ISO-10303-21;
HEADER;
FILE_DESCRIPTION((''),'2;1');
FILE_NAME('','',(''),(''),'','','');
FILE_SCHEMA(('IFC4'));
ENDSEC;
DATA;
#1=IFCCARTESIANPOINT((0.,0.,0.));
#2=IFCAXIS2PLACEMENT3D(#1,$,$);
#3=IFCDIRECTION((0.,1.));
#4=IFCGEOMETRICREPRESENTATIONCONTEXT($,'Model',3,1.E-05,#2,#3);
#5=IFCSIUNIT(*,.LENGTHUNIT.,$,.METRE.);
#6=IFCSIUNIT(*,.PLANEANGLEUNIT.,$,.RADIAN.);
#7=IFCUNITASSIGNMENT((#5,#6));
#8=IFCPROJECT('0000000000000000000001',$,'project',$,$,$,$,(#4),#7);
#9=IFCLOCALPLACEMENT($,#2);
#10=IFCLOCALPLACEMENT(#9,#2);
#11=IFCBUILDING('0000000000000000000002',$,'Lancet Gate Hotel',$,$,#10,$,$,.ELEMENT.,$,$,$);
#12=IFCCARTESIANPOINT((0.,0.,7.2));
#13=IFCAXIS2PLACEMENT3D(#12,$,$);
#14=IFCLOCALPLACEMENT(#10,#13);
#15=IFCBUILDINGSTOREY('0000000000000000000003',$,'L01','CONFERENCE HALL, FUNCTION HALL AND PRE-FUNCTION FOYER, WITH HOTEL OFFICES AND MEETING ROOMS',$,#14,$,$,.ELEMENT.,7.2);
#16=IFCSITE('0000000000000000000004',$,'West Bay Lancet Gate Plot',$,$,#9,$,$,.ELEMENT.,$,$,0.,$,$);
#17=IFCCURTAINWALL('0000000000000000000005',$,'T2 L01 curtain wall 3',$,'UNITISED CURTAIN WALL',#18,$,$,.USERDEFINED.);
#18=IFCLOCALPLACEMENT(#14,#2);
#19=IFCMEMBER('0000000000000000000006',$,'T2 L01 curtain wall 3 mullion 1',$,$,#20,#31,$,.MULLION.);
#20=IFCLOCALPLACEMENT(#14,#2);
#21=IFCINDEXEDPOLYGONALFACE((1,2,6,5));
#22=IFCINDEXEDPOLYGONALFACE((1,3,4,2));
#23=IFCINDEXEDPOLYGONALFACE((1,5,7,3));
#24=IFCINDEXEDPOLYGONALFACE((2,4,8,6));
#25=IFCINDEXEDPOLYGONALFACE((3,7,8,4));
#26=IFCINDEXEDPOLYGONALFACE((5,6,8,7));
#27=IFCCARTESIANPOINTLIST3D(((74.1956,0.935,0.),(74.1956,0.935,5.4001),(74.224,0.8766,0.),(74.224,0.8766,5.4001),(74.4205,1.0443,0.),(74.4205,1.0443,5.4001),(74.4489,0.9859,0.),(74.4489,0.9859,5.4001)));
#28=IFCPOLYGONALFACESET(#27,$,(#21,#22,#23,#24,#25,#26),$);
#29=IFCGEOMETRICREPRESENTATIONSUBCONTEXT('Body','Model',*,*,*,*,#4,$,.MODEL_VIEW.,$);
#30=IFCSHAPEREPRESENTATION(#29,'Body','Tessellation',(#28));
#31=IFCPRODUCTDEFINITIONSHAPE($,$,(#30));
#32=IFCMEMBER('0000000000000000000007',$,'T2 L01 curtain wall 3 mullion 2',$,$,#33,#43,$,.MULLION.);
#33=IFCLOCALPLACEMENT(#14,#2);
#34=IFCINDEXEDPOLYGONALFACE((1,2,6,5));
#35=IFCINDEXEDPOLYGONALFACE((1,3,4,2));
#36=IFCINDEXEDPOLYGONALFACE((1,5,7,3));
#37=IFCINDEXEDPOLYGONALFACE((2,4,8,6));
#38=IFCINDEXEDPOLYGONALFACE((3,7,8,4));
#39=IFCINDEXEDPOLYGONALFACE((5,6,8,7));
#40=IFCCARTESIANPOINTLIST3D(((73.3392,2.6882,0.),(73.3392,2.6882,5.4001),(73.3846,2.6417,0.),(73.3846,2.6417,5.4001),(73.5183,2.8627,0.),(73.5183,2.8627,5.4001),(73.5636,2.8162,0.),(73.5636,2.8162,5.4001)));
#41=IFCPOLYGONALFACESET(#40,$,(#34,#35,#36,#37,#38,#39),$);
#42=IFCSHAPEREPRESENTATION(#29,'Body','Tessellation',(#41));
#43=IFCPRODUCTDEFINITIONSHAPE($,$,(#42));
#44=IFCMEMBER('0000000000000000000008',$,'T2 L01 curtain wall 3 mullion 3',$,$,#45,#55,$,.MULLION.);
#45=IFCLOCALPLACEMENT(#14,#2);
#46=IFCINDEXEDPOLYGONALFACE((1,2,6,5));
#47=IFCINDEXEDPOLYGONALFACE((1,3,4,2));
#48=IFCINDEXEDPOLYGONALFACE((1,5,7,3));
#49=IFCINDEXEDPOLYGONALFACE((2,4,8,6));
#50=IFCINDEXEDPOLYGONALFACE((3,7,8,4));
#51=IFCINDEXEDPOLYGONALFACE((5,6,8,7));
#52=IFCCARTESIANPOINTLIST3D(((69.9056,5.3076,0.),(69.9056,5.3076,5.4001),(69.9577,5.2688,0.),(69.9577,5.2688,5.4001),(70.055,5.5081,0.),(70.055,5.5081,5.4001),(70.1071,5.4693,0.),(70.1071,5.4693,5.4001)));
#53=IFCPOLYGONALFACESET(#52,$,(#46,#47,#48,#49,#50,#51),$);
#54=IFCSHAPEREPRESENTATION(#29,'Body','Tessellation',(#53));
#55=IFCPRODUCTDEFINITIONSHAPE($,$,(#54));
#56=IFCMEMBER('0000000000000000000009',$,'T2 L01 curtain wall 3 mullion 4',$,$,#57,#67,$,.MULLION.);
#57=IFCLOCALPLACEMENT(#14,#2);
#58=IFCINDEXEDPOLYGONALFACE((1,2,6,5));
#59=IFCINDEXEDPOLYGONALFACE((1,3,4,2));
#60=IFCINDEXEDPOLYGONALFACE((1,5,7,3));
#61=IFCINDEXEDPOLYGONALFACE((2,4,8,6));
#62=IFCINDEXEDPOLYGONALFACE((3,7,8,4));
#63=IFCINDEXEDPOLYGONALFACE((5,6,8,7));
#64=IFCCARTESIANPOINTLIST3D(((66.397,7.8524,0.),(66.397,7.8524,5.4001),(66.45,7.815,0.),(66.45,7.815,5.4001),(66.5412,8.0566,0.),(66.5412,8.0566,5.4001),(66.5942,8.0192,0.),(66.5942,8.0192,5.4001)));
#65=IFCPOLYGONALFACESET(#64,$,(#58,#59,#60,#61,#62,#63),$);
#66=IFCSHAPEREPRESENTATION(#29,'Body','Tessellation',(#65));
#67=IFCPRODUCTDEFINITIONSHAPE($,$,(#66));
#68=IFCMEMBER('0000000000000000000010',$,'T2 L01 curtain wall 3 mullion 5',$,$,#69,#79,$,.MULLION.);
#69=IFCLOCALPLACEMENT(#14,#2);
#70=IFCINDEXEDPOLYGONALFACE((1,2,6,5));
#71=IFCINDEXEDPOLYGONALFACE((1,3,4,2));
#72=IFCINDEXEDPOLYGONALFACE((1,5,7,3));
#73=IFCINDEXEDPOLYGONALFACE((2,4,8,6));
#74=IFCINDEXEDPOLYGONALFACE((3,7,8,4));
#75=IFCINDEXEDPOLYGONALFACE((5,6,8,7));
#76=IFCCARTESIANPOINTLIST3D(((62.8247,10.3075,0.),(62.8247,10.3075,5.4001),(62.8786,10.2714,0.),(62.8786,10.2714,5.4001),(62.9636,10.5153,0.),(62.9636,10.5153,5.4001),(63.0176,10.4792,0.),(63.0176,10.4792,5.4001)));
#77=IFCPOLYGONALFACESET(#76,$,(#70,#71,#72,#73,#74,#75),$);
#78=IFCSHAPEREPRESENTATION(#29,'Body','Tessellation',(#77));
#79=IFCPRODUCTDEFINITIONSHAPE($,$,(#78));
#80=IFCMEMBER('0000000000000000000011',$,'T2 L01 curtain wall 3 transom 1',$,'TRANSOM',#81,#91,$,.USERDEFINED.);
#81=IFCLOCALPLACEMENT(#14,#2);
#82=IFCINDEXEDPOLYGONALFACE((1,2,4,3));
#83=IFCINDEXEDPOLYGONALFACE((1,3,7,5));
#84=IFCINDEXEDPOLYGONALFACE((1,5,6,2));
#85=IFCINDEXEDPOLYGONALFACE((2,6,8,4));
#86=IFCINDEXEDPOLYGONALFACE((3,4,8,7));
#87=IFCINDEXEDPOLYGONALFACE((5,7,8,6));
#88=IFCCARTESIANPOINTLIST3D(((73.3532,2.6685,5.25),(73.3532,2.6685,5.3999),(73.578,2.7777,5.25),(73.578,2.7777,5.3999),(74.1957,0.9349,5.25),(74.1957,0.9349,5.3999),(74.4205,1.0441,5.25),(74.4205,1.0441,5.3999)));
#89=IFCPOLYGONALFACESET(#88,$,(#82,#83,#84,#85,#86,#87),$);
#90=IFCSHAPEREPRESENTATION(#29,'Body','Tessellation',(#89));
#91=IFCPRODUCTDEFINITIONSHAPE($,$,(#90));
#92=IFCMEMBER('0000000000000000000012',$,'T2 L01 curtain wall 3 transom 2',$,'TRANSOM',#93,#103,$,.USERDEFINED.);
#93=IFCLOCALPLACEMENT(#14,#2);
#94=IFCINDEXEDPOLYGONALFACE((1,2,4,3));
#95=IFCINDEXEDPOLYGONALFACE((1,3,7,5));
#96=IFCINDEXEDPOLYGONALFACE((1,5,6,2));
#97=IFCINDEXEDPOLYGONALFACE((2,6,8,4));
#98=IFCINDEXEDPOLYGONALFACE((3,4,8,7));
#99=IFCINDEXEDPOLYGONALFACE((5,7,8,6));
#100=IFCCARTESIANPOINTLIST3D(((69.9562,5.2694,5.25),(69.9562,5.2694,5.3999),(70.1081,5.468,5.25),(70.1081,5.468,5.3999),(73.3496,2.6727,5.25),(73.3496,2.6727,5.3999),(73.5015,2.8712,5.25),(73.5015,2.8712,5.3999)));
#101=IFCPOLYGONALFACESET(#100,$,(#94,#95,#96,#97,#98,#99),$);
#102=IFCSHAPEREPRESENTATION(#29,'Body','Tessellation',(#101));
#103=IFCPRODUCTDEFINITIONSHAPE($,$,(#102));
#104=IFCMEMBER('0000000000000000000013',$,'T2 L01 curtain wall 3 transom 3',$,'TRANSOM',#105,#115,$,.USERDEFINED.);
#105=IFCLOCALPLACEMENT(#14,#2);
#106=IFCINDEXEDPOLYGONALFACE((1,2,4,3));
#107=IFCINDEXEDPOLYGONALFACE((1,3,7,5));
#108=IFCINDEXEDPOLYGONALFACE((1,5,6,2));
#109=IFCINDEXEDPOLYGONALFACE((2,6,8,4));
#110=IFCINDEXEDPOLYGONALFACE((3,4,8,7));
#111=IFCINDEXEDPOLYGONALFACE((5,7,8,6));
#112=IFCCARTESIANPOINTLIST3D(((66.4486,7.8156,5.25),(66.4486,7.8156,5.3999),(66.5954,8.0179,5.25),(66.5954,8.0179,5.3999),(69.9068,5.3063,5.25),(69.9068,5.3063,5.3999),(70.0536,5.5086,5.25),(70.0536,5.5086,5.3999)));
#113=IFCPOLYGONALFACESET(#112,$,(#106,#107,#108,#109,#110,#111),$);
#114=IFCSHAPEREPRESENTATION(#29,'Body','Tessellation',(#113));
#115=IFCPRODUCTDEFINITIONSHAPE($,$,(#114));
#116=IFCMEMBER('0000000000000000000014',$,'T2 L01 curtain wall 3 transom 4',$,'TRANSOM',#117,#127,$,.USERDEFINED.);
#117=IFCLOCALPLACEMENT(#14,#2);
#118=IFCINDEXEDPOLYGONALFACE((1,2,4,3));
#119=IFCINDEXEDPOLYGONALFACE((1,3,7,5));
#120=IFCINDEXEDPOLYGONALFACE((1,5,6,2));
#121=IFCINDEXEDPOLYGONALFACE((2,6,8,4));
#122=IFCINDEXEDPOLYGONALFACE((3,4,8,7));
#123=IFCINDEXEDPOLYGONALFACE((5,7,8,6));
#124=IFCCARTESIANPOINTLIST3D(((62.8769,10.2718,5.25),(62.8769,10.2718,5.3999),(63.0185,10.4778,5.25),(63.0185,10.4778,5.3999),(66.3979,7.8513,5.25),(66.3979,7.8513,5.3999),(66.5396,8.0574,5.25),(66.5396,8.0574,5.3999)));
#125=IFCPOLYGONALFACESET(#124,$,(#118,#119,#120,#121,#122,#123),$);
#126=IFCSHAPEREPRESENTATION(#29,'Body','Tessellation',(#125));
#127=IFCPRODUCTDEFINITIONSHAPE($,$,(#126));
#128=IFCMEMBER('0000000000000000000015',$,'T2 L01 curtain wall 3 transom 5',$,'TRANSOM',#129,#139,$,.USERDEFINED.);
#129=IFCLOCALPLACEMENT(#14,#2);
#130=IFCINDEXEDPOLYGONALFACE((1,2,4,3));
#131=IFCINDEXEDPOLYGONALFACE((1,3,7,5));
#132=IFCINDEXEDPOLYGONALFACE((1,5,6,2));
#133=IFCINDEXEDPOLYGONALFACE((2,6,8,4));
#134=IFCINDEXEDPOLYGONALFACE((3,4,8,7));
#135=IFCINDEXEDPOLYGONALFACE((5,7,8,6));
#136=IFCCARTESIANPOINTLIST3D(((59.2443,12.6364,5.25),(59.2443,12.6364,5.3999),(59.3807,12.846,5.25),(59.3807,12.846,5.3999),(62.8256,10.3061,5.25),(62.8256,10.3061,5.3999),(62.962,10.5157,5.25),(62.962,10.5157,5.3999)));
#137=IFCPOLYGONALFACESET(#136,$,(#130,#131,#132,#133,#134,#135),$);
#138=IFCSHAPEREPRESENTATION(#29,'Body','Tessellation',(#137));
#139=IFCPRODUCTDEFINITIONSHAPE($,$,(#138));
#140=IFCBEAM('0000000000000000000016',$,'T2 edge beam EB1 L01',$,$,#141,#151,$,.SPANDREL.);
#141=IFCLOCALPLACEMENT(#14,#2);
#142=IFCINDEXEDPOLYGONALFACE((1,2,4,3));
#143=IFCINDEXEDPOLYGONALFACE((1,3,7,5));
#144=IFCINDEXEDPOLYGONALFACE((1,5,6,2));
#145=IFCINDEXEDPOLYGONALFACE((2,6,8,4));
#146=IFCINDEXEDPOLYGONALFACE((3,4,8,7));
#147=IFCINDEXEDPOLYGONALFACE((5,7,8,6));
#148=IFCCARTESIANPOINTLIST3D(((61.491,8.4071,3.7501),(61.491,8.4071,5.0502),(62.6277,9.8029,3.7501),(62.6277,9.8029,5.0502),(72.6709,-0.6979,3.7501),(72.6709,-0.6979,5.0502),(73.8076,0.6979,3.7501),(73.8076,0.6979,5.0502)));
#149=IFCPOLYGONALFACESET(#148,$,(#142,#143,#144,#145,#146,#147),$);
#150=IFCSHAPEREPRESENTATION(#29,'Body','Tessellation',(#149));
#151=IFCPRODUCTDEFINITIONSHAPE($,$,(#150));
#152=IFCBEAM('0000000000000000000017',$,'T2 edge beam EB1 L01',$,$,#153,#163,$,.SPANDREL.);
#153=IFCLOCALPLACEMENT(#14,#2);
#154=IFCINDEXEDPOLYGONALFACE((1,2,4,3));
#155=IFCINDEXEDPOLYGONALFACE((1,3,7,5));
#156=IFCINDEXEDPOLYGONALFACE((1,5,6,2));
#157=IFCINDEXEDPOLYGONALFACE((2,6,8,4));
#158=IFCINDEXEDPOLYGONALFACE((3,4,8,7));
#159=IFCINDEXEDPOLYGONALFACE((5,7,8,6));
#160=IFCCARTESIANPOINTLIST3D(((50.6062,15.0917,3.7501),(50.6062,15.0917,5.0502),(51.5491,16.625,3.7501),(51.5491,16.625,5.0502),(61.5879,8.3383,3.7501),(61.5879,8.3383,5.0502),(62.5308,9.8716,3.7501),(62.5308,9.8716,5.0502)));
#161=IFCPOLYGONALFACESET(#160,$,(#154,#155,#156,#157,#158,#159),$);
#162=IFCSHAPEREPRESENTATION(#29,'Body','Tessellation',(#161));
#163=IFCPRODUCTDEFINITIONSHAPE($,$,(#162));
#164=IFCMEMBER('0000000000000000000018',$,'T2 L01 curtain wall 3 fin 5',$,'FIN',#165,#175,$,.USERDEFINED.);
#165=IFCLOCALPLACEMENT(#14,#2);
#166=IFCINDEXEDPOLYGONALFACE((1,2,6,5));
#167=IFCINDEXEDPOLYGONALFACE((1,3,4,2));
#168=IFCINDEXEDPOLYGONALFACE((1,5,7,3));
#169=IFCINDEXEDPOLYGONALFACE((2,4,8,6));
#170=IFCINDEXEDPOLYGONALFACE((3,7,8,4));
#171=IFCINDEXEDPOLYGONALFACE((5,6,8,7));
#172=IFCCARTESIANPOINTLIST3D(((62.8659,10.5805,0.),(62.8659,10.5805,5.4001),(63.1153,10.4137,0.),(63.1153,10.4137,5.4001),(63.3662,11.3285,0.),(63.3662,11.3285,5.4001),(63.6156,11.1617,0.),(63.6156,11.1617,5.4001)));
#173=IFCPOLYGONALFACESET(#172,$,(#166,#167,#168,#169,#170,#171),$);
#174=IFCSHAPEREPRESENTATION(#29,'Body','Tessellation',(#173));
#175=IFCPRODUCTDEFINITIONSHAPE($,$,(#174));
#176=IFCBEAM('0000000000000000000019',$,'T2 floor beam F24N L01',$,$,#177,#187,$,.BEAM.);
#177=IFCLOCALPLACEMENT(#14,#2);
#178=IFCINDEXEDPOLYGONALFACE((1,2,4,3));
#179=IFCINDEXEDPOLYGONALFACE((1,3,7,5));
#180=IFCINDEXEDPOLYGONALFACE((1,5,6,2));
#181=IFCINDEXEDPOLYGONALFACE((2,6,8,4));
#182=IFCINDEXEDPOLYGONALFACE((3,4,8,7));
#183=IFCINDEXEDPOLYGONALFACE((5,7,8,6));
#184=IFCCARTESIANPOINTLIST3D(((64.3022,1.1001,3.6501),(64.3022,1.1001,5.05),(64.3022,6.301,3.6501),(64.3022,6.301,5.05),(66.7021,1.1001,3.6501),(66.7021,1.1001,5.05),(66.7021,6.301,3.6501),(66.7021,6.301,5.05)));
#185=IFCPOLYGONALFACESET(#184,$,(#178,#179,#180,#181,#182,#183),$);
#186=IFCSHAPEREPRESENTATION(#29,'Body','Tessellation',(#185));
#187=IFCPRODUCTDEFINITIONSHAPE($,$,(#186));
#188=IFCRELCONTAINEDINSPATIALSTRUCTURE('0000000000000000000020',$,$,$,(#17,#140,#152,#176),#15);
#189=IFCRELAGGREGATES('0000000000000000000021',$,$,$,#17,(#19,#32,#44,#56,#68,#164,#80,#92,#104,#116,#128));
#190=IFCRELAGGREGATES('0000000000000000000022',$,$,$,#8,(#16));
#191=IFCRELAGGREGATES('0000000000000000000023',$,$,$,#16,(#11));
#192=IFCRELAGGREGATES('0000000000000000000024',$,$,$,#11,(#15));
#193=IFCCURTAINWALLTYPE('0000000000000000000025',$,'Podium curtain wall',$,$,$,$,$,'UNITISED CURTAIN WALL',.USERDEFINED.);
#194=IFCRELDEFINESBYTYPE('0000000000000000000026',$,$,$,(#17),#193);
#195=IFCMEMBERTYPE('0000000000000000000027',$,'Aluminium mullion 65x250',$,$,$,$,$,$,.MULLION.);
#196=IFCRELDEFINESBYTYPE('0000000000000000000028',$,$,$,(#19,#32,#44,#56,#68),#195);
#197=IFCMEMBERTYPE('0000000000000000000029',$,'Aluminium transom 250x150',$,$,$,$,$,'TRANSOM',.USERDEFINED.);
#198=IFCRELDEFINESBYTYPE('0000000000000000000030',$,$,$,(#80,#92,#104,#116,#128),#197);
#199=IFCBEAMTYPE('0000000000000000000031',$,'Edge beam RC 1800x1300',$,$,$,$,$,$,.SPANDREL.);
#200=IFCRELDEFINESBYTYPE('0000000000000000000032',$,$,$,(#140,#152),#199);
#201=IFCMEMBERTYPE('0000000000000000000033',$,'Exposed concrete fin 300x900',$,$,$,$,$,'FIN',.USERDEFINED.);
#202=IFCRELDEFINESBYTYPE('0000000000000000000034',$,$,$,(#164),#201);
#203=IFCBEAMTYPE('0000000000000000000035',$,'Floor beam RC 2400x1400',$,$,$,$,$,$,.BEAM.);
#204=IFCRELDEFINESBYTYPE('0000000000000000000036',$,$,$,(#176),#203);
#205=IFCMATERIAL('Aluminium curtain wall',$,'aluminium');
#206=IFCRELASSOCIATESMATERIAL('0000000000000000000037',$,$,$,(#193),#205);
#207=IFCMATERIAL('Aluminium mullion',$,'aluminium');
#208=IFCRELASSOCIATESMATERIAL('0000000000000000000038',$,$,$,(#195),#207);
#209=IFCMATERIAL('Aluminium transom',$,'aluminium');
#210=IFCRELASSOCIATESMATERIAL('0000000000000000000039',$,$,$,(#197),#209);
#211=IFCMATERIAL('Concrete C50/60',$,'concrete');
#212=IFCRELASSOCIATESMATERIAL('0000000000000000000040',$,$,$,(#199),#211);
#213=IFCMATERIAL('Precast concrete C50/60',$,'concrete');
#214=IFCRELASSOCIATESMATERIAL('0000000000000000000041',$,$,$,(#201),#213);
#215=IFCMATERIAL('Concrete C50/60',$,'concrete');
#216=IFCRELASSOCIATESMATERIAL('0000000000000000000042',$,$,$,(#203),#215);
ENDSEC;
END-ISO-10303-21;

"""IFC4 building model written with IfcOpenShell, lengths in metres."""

from ifc_helpers import new_model, si_unit, direction, frame, origin, origin_2d, place, context, subcontext, project, spatial, rectangle, extrude, material, material_profile, profile_set, type_object, element, aggregate, save


model = new_model("IFC4")

# Units and contexts
model_context = context("Model", 3, precision=1e-05, world=origin(), true_north=direction((0.0, 1.0)))
body_context = subcontext(model_context, "Body", "Model", "MODEL_VIEW")
ifc_project = project(units=[si_unit("LENGTHUNIT", "METRE"), si_unit("PLANEANGLEUNIT", "RADIAN")], contexts=[model_context])

# Site, building, storey
site_placement = place(None, origin())
site = spatial("IfcSite", under=ifc_project, at=site_placement, Name="West Bay Lancet Gate Plot", CompositionType="ELEMENT", RefElevation=0.0)
building_placement = place(site_placement, origin())
building = spatial("IfcBuilding", under=site, at=building_placement, Name="Lancet Gate Hotel", CompositionType="ELEMENT")
storey_placement = place(building_placement, frame((0.0, 0.0, 7.2)))
storey = spatial("IfcBuildingStorey", under=building, at=storey_placement, Name="L01", Description="CONFERENCE HALL, FUNCTION HALL AND PRE-FUNCTION FOYER, WITH HOTEL OFFICES AND MEETING ROOMS", CompositionType="ELEMENT", Elevation=7.2)

# Curtain wall, members
ifc_material_1 = material(Name="Aluminium curtain wall", Category="aluminium")
curtain_wall_type = type_object("IfcCurtainWallType", Name="Podium curtain wall", ElementType="UNITISED CURTAIN WALL", PredefinedType="USERDEFINED", material=ifc_material_1)
curtain_wall_placement = place(storey_placement, origin())
curtain_wall = element("IfcCurtainWall", 1, at=curtain_wall_placement, inside=storey, type_object=curtain_wall_type, Name="T2 L01 curtain wall 3", ObjectType="UNITISED CURTAIN WALL", PredefinedType="USERDEFINED")
ifc_material_2 = material(Name="Aluminium mullion", Category="aluminium")
ifc_material_profile_1 = material_profile(ifc_material_2, rectangle(XDim=0.0649, YDim=0.25, at=origin_2d()), Name="MULLION 65x250")
ifc_profile_set_1 = profile_set([ifc_material_profile_1], Name="Aluminium mullion")
member_type_1 = type_object("IfcMemberType", Name="Aluminium mullion 65x250", PredefinedType="MULLION", material=ifc_profile_set_1)
member_1_placement = place(storey_placement, frame((74.3223, 0.9604, 0.0), z_axis=(0.0, 0.0, 1.0), x_axis=(-0.437169, 0.899379, 0.0)))
member_1 = element("IfcMember", 2, at=member_1_placement, type_object=member_type_1, Name="T2 L01 curtain wall 3 mullion 1", PredefinedType="MULLION", context=body_context, shape_type="SweptSolid", body=[
    extrude(rectangle(XDim=0.0649, YDim=0.25, at=origin_2d()), origin(), (0.0, 0.0, 1.0), 5.4001),
])
member_2_placement = place(storey_placement, frame((73.4514, 2.7522, 0.0), z_axis=(0.0, 0.0, 1.0), x_axis=(-0.697983, 0.716114, 0.0)))
member_2 = element("IfcMember", 3, at=member_2_placement, type_object=member_type_1, Name="T2 L01 curtain wall 3 mullion 2", PredefinedType="MULLION", context=body_context, shape_type="SweptSolid", body=[
    extrude(rectangle(XDim=0.0649, YDim=0.25, at=origin_2d()), origin(), (0.0, 0.0, 1.0), 5.4001),
])
member_3_placement = place(storey_placement, frame((70.0063, 5.3884, 0.0), z_axis=(0.0, 0.0, 1.0), x_axis=(-0.80183, 0.597552, 0.0)))
member_3 = element("IfcMember", 4, at=member_3_placement, type_object=member_type_1, Name="T2 L01 curtain wall 3 mullion 3", PredefinedType="MULLION", context=body_context, shape_type="SweptSolid", body=[
    extrude(rectangle(XDim=0.0649, YDim=0.25, at=origin_2d()), origin(), (0.0, 0.0, 1.0), 5.4001),
])
member_4_placement = place(storey_placement, frame((66.4956, 7.9358, 0.0), z_axis=(0.0, 0.0, 1.0), x_axis=(-0.816779, 0.576951, 0.0)))
member_4 = element("IfcMember", 5, at=member_4_placement, type_object=member_type_1, Name="T2 L01 curtain wall 3 mullion 4", PredefinedType="MULLION", context=body_context, shape_type="SweptSolid", body=[
    extrude(rectangle(XDim=0.0649, YDim=0.25, at=origin_2d()), origin(), (0.0, 0.0, 1.0), 5.4001),
])
member_5_placement = place(storey_placement, frame((62.9211, 10.3933, 0.0), z_axis=(0.0, 0.0, 1.0), x_axis=(-0.831198, 0.555976, 0.0)))
member_5 = element("IfcMember", 6, at=member_5_placement, type_object=member_type_1, Name="T2 L01 curtain wall 3 mullion 5", PredefinedType="MULLION", context=body_context, shape_type="SweptSolid", body=[
    extrude(rectangle(XDim=0.0649, YDim=0.25, at=origin_2d()), origin(), (0.0, 0.0, 1.0), 5.4001),
])
ifc_material_3 = material(Name="Aluminium transom", Category="aluminium")
ifc_material_profile_2 = material_profile(ifc_material_3, rectangle(XDim=0.25, YDim=0.1499, at=origin_2d()), Name="TRANSOM 250x150")
ifc_profile_set_2 = profile_set([ifc_material_profile_2], Name="Aluminium transom")
member_type_2 = type_object("IfcMemberType", Name="Aluminium transom 250x150", ElementType="TRANSOM", PredefinedType="USERDEFINED", material=ifc_profile_set_2)
member_6_placement = place(storey_placement, frame((74.3081, 0.9895, 5.325), z_axis=(-0.437103, 0.899411, 0.0), x_axis=(-0.899411, -0.437103, 0.0)))
member_6 = element("IfcMember", 7, at=member_6_placement, type_object=member_type_2, Name="T2 L01 curtain wall 3 transom 1", ObjectType="TRANSOM", PredefinedType="USERDEFINED", context=body_context, shape_type="SweptSolid", body=[
    extrude(rectangle(XDim=0.25, YDim=0.1499, at=origin_2d()), origin(), (0.0, 0.0, 1.0), 1.9275),
])
member_7_placement = place(storey_placement, frame((73.4255, 2.772, 5.325), z_axis=(-0.794155, 0.607715, 0.0), x_axis=(-0.607715, -0.794155, 0.0)))
member_7 = element("IfcMember", 8, at=member_7_placement, type_object=member_type_2, Name="T2 L01 curtain wall 3 transom 2", ObjectType="TRANSOM", PredefinedType="USERDEFINED", context=body_context, shape_type="SweptSolid", body=[
    extrude(rectangle(XDim=0.25, YDim=0.1499, at=origin_2d()), origin(), (0.0, 0.0, 1.0), 4.2729),
])
member_8_placement = place(storey_placement, frame((69.9802, 5.4075, 5.325), z_axis=(-0.809383, 0.587281, 0.0), x_axis=(-0.587281, -0.809383, 0.0)))
member_8 = element("IfcMember", 9, at=member_8_placement, type_object=member_type_2, Name="T2 L01 curtain wall 3 transom 3", ObjectType="TRANSOM", PredefinedType="USERDEFINED", context=body_context, shape_type="SweptSolid", body=[
    extrude(rectangle(XDim=0.25, YDim=0.1499, at=origin_2d()), origin(), (0.0, 0.0, 1.0), 4.2727),
])
member_9_placement = place(storey_placement, frame((66.4688, 7.9543, 5.325), z_axis=(-0.824072, 0.566485, 0.0), x_axis=(-0.566485, -0.824072, 0.0)))
member_9 = element("IfcMember", 10, at=member_9_placement, type_object=member_type_2, Name="T2 L01 curtain wall 3 transom 4", ObjectType="TRANSOM", PredefinedType="USERDEFINED", context=body_context, shape_type="SweptSolid", body=[
    extrude(rectangle(XDim=0.25, YDim=0.1499, at=origin_2d()), origin(), (0.0, 0.0, 1.0), 4.2727),
])
member_10_placement = place(storey_placement, frame((62.8938, 10.4109, 5.325), z_axis=(-0.838179, 0.545396, 0.0), x_axis=(-0.545396, -0.838179, 0.0)))
member_10 = element("IfcMember", 11, at=member_10_placement, type_object=member_type_2, Name="T2 L01 curtain wall 3 transom 5", ObjectType="TRANSOM", PredefinedType="USERDEFINED", context=body_context, shape_type="SweptSolid", body=[
    extrude(rectangle(XDim=0.25, YDim=0.1499, at=origin_2d()), origin(), (0.0, 0.0, 1.0), 4.2727),
])

# Beams
ifc_material_4 = material(Name="Concrete C50/60", Category="concrete")
ifc_material_profile_3 = material_profile(ifc_material_4, rectangle(XDim=1.8, YDim=1.3, at=origin_2d()), Name="RC 1800x1300")
ifc_profile_set_3 = profile_set([ifc_material_profile_3], Name="Concrete C50/60")
beam_type_1 = type_object("IfcBeamType", Name="Edge beam RC 1800x1300", PredefinedType="SPANDREL", material=ifc_profile_set_3)
beam_1_placement = place(storey_placement, frame((73.2393, 0.0, 4.4001), z_axis=(-0.775391, 0.631481, 0.0), x_axis=(-0.631481, -0.775391, 0.0)))
element("IfcBeam", 12, at=beam_1_placement, inside=storey, type_object=beam_type_1, Name="T2 edge beam EB1 L01", PredefinedType="SPANDREL", context=body_context, shape_type="SweptSolid", body=[
    extrude(rectangle(XDim=1.8, YDim=1.3, at=origin_2d()), origin(), (0.0, 0.0, 1.0), 14.4185),
])
beam_2_placement = place(storey_placement, frame((62.0593, 9.105, 4.4001), z_axis=(-0.851816, 0.523842, 0.0), x_axis=(-0.523842, -0.851816, 0.0)))
element("IfcBeam", 13, at=beam_2_placement, inside=storey, type_object=beam_type_1, Name="T2 edge beam EB1 L01", PredefinedType="SPANDREL", context=body_context, shape_type="SweptSolid", body=[
    extrude(rectangle(XDim=1.8, YDim=1.3, at=origin_2d()), origin(), (0.0, 0.0, 1.0), 12.8921),
])

# Member
ifc_material_5 = material(Name="Precast concrete C50/60", Category="concrete")
ifc_material_profile_4 = material_profile(ifc_material_5, rectangle(XDim=0.3, YDim=0.8999, at=origin_2d()), Name="FIN 300x900")
ifc_profile_set_4 = profile_set([ifc_material_profile_4], Name="Precast concrete C50/60")
member_type_3 = type_object("IfcMemberType", Name="Exposed concrete fin 300x900", ElementType="FIN", PredefinedType="USERDEFINED", material=ifc_profile_set_4)
member_11_placement = place(storey_placement, frame((63.2407, 10.8711, 0.0), z_axis=(0.0, 0.0, 1.0), x_axis=(-0.831198, 0.555976, 0.0)))
member_11 = element("IfcMember", 14, at=member_11_placement, type_object=member_type_3, Name="T2 L01 curtain wall 3 fin 5", ObjectType="FIN", PredefinedType="USERDEFINED", context=body_context, shape_type="SweptSolid", body=[
    extrude(rectangle(XDim=0.3, YDim=0.8999, at=origin_2d()), origin(), (0.0, 0.0, 1.0), 5.4001),
])

# Beam
ifc_material_6 = material(Name="Concrete C50/60", Category="concrete")
ifc_material_profile_5 = material_profile(ifc_material_6, rectangle(XDim=2.3999, YDim=1.3999, at=origin_2d()), Name="RC 2400x1400")
ifc_profile_set_5 = profile_set([ifc_material_profile_5], Name="Concrete C50/60")
beam_type_2 = type_object("IfcBeamType", Name="Floor beam RC 2400x1400", PredefinedType="BEAM", material=ifc_profile_set_5)
beam_3_placement = place(storey_placement, frame((65.5022, 1.1001, 4.3501), z_axis=(0.0, 1.0, 0.0), x_axis=(-1.0, 0.0, 0.0)))
element("IfcBeam", 15, at=beam_3_placement, inside=storey, type_object=beam_type_2, Name="T2 floor beam F24N L01", PredefinedType="BEAM", context=body_context, shape_type="SweptSolid", body=[
    extrude(rectangle(XDim=2.3999, YDim=1.3999, at=origin_2d()), origin(), (0.0, 0.0, 1.0), 5.2009),
])

aggregate(curtain_wall, [member_1, member_2, member_3, member_4, member_5, member_11, member_6, member_7, member_8, member_9, member_10])

save(model, "model.ifc")
